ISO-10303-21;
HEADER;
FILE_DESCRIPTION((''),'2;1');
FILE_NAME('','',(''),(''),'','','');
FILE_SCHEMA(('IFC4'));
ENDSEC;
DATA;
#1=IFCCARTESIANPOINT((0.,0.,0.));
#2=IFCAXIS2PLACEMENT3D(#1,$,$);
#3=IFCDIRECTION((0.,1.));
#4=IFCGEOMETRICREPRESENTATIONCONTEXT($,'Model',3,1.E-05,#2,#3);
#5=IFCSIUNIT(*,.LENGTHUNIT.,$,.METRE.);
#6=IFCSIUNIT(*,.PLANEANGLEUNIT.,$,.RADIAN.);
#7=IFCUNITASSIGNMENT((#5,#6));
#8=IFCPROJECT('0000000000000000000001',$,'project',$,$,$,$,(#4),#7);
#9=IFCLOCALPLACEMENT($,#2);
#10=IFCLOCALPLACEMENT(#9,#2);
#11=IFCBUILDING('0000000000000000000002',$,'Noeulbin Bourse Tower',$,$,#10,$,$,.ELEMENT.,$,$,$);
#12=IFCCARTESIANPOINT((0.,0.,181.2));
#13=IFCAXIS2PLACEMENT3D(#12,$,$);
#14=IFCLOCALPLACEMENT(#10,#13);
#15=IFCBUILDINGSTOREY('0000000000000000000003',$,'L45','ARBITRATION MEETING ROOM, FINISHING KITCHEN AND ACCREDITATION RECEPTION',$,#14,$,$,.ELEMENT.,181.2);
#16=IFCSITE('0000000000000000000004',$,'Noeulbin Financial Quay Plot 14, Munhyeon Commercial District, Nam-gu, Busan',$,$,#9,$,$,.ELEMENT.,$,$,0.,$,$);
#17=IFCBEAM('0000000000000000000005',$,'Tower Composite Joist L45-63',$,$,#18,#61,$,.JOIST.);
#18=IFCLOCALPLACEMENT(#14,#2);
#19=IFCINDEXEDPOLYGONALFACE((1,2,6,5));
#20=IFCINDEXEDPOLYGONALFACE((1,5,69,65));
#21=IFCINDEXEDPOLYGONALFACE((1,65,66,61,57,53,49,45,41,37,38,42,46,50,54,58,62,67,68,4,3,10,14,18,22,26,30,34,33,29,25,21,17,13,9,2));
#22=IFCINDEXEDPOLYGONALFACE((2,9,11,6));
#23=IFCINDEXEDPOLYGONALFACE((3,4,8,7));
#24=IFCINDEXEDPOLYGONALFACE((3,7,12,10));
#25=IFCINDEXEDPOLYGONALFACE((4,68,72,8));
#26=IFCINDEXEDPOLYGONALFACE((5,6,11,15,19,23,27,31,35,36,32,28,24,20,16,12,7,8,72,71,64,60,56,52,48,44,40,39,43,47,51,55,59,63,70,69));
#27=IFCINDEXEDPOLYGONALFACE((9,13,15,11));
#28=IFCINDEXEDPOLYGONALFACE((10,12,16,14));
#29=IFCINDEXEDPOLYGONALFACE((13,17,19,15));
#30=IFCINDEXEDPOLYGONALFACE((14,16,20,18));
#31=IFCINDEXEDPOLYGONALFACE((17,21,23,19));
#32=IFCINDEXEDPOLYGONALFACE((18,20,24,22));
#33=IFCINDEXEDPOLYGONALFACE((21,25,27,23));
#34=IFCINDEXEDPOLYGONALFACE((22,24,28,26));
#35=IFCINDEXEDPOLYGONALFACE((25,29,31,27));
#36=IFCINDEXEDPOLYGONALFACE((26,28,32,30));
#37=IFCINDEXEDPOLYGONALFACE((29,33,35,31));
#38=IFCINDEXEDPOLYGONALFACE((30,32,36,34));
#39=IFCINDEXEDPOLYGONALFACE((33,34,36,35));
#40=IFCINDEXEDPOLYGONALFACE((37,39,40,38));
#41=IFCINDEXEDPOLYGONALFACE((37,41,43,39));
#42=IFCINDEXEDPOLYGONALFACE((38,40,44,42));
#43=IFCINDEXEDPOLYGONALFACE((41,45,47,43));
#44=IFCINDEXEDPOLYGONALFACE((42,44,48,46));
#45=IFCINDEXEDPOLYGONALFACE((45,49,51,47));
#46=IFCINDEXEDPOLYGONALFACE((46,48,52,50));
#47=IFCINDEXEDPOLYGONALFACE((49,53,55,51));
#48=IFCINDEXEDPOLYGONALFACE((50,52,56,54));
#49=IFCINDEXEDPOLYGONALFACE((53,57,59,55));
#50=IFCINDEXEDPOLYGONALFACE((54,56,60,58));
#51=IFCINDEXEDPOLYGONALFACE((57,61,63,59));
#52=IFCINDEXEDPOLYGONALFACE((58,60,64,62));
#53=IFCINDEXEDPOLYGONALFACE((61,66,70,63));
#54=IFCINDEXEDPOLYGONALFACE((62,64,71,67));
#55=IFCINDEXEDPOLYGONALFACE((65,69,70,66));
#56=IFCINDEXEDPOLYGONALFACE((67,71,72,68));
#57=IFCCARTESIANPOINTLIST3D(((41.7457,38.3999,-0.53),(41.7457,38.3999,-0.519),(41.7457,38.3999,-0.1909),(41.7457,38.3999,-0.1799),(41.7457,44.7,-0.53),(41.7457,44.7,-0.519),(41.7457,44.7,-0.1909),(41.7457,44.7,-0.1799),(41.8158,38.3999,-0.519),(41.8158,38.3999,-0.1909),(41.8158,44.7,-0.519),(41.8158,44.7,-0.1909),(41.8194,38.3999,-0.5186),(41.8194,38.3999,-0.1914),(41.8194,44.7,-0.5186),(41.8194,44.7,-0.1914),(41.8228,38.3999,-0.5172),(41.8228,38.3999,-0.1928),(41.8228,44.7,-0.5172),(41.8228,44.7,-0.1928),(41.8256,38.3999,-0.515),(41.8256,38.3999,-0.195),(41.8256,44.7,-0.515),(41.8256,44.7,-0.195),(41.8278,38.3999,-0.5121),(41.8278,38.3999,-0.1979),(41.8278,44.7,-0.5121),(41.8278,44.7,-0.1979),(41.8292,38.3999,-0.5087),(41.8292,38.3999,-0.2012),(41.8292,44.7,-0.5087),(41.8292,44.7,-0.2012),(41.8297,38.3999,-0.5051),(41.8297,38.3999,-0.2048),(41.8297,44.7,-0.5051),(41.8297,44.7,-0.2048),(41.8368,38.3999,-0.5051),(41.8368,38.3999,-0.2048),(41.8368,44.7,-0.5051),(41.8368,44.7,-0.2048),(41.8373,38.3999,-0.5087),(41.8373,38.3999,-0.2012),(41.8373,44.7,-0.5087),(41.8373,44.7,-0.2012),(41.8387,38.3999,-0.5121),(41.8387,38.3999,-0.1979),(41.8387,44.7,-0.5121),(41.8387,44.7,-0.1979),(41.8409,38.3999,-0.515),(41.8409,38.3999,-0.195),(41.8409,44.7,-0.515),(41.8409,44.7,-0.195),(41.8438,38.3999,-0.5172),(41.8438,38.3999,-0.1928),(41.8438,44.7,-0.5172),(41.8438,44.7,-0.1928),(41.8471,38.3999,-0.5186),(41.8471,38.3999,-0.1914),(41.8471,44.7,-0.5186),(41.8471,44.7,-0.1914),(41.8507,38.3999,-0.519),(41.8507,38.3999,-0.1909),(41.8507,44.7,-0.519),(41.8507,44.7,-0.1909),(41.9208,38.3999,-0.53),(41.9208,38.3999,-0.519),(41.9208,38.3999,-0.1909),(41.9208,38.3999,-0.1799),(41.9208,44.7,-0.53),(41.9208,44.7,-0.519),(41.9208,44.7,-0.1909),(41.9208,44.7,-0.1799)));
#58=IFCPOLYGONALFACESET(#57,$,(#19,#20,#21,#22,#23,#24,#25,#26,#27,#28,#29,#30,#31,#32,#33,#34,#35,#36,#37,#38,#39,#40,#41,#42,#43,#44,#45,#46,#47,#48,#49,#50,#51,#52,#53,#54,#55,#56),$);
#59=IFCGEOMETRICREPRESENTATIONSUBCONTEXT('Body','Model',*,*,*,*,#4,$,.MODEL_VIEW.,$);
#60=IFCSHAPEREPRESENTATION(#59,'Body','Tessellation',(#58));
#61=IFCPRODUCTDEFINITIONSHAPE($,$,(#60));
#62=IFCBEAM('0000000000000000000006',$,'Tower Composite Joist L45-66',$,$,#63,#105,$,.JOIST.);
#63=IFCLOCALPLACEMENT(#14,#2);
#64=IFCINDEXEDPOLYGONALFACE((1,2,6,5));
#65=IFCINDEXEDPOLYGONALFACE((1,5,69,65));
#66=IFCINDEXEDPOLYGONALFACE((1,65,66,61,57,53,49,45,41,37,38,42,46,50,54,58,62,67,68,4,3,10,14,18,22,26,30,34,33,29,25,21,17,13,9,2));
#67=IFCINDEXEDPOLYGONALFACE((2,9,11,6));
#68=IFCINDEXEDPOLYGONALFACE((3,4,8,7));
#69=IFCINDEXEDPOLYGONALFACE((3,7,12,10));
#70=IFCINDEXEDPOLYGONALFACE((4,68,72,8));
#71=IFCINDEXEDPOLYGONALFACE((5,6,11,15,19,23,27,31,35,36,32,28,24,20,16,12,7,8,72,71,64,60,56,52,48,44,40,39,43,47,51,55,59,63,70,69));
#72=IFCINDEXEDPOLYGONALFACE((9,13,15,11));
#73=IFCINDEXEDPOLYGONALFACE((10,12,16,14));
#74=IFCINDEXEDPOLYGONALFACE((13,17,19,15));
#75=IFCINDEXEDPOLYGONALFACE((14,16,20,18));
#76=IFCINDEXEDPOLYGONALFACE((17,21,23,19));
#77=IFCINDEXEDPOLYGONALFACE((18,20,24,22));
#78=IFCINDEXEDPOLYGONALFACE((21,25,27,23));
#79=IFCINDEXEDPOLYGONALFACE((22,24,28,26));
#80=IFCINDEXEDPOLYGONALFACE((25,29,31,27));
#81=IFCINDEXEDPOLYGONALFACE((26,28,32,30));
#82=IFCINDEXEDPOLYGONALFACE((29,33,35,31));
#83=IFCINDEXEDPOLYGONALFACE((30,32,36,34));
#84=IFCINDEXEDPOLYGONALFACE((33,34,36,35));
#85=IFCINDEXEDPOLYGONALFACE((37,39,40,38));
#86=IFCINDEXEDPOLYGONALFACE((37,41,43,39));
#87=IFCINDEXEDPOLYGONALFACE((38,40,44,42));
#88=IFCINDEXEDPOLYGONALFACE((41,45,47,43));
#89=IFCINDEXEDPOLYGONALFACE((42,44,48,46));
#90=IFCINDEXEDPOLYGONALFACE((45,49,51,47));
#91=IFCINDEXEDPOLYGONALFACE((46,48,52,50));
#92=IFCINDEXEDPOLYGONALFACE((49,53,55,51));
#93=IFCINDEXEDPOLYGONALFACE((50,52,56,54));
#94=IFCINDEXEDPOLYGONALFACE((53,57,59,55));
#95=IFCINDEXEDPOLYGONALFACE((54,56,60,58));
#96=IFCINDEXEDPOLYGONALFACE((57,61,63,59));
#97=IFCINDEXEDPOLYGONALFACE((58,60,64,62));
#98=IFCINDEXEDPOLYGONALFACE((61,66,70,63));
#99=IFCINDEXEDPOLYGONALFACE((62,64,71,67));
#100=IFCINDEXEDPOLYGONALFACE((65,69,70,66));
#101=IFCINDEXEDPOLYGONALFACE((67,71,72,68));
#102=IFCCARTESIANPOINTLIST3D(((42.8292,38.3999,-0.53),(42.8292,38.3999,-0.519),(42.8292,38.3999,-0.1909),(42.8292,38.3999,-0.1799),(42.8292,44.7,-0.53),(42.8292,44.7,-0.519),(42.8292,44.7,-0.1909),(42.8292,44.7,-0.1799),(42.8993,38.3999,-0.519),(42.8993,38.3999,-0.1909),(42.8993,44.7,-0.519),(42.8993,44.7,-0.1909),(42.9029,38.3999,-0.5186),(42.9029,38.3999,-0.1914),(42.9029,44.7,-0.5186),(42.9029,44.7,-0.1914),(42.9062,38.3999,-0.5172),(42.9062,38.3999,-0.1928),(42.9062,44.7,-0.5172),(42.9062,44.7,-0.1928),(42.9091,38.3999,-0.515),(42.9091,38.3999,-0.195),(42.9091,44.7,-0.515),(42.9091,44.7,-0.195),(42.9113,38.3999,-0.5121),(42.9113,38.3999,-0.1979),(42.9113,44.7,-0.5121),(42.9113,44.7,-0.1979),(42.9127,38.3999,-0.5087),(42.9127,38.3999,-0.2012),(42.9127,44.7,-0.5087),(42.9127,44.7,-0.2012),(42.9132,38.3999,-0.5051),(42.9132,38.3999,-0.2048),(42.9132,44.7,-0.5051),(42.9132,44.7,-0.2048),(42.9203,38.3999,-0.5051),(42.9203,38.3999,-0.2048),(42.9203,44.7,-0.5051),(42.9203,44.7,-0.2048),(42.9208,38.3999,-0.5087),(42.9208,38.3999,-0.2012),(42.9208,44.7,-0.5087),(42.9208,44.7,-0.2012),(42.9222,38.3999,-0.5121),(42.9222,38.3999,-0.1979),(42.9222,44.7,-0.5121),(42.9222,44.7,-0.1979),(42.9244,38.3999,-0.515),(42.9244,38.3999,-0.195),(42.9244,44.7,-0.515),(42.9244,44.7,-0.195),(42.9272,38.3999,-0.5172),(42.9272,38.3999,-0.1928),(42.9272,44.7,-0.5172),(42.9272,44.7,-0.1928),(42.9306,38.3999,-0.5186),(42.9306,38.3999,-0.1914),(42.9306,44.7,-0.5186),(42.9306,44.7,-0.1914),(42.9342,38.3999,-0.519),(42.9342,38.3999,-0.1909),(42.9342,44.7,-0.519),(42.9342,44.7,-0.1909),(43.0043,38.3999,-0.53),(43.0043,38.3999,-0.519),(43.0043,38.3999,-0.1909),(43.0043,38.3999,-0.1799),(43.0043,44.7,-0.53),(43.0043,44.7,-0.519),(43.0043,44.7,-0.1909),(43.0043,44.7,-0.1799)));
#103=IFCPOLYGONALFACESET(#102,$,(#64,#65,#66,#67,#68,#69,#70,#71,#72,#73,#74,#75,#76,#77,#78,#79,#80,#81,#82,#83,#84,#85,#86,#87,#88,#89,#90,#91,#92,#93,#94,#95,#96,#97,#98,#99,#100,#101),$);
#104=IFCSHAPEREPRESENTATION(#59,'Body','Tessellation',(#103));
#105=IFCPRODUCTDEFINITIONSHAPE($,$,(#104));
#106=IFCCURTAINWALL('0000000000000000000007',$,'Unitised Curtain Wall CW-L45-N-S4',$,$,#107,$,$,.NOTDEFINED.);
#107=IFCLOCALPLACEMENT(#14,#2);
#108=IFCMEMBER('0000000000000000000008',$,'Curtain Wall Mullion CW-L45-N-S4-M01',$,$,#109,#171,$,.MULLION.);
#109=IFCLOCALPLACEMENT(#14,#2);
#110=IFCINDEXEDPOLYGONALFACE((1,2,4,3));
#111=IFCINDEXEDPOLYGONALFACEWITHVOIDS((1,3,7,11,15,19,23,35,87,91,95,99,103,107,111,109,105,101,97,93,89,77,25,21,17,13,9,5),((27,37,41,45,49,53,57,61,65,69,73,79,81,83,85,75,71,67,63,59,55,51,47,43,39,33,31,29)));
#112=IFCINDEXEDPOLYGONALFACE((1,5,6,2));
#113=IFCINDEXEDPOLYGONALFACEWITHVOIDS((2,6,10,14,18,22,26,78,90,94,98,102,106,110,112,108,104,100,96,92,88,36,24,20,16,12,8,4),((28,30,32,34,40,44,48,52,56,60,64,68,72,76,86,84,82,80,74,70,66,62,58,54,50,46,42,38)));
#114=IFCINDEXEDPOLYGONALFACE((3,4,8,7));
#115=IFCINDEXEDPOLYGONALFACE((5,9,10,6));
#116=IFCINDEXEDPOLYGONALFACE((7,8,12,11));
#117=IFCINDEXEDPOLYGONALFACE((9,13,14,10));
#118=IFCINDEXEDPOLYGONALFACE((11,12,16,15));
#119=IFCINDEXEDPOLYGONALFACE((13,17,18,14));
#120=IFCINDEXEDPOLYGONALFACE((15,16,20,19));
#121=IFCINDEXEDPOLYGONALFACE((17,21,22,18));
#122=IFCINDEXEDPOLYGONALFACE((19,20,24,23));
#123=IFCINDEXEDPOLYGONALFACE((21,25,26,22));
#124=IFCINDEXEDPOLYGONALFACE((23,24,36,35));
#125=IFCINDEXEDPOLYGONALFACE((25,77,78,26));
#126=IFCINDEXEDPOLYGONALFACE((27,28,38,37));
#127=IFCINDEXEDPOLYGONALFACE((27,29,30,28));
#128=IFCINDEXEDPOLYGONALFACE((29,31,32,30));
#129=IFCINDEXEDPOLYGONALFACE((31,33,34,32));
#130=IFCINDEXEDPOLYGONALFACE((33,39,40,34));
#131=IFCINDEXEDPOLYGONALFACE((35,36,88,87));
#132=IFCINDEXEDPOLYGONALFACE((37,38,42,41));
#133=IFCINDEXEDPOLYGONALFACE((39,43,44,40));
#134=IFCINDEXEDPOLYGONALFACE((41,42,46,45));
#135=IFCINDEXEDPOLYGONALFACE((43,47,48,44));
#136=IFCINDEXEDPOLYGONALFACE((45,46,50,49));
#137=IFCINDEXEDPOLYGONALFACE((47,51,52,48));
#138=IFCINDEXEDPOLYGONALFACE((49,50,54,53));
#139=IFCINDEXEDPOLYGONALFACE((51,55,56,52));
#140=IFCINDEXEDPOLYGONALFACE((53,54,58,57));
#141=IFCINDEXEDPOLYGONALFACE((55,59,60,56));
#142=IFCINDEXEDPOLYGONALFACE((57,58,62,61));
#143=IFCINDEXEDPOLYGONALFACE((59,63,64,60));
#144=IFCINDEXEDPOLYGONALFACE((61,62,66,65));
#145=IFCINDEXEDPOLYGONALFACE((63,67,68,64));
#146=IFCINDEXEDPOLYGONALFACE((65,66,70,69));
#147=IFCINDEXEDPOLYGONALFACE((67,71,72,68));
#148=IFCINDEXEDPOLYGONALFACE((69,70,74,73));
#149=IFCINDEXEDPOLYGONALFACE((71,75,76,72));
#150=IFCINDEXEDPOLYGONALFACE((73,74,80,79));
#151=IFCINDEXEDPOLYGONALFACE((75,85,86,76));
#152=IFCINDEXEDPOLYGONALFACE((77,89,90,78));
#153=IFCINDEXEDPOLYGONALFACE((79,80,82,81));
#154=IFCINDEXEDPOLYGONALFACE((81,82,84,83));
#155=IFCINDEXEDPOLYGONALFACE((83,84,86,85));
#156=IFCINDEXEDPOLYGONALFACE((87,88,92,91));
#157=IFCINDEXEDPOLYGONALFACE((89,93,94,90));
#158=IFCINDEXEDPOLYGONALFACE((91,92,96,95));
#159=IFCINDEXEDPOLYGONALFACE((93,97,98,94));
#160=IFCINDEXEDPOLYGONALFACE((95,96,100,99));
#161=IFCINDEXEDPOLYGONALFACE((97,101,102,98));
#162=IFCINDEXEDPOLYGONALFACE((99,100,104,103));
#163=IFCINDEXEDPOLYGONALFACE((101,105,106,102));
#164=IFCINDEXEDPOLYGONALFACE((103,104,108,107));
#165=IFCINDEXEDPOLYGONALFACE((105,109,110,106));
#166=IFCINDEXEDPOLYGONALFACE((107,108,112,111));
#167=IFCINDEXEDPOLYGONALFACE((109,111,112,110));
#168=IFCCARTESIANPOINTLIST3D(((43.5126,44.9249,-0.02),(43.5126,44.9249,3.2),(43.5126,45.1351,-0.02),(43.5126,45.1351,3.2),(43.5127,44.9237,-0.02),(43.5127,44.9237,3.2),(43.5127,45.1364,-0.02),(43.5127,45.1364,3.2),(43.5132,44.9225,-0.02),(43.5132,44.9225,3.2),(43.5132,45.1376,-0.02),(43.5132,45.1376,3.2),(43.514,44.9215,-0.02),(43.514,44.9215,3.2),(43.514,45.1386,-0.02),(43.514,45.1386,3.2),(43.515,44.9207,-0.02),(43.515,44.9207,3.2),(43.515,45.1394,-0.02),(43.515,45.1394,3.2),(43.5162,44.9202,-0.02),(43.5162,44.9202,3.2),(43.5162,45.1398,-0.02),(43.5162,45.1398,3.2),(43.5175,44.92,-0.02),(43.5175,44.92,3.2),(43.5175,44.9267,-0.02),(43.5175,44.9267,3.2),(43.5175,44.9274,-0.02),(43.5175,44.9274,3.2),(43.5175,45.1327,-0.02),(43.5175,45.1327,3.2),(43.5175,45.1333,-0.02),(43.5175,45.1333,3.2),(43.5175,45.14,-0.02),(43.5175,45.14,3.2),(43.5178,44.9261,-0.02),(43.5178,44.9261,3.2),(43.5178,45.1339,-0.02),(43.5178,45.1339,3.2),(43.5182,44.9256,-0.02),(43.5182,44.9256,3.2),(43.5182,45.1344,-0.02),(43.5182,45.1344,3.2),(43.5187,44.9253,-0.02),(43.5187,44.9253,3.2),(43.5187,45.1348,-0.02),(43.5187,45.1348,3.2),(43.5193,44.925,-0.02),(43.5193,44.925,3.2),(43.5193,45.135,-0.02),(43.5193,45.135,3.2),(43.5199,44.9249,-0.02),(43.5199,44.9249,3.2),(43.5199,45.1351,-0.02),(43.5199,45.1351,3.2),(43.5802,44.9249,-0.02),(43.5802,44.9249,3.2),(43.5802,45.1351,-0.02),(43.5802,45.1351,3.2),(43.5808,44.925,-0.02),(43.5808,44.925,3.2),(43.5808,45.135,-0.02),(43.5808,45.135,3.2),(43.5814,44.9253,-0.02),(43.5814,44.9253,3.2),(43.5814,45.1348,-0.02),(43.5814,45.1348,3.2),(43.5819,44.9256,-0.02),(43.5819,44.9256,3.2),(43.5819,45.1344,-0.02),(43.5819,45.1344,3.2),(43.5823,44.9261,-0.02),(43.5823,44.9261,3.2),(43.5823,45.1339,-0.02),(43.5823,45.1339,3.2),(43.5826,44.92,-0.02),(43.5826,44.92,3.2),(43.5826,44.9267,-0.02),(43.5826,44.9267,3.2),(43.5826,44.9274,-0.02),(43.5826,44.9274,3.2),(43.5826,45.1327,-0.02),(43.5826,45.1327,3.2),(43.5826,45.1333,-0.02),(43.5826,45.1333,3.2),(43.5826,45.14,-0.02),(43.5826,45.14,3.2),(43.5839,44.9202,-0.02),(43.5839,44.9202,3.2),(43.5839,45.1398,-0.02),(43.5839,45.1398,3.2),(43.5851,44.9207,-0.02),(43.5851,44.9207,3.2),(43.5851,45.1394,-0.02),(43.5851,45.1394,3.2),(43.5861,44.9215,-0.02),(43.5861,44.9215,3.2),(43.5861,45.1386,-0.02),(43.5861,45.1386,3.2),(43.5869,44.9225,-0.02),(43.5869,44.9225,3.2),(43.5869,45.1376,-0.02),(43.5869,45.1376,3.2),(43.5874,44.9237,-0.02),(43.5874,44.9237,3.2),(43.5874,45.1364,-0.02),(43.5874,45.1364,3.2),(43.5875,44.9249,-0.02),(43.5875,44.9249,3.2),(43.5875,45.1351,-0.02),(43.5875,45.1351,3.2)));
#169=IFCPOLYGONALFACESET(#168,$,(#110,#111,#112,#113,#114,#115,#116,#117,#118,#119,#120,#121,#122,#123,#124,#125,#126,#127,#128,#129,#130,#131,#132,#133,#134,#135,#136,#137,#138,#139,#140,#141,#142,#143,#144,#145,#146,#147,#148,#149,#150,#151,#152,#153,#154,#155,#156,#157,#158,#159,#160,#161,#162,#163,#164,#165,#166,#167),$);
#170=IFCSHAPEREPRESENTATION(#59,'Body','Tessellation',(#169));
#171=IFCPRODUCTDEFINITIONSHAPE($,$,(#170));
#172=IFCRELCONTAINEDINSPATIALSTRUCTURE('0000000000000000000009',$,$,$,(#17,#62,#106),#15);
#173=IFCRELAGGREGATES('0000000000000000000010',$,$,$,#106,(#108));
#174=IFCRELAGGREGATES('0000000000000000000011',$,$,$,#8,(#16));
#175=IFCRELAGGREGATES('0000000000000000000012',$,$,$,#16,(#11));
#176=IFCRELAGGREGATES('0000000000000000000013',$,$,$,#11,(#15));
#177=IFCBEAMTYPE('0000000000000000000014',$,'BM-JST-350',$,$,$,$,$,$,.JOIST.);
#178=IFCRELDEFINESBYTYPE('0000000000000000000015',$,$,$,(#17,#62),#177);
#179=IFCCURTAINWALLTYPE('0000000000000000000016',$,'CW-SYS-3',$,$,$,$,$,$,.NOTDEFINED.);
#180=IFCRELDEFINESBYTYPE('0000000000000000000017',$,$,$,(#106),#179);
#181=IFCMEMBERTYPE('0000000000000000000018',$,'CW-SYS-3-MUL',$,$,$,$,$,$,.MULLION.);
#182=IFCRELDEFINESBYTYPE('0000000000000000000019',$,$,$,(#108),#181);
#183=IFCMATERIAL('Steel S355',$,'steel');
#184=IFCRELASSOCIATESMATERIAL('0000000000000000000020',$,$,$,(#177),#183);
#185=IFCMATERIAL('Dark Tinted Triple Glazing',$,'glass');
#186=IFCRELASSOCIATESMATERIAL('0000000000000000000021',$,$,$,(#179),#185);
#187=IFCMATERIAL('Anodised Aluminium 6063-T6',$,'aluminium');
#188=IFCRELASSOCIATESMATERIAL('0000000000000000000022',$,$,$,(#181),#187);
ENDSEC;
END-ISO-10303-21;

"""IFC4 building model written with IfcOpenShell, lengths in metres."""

from ifc_helpers import new_model, si_unit, direction, frame, origin, origin_2d, place, context, subcontext, project, spatial, hollow_rectangle, i_section, extrude, material, material_profile, profile_set, type_object, element, aggregate, save


model = new_model("IFC4")

# Units and contexts
model_context = context("Model", 3, precision=1e-05, world=origin(), true_north=direction((0.0, 1.0)))
body_context = subcontext(model_context, "Body", "Model", "MODEL_VIEW")
ifc_project = project(units=[si_unit("LENGTHUNIT", "METRE"), si_unit("PLANEANGLEUNIT", "RADIAN")], contexts=[model_context])

# Site, building, storey
site_placement = place(None, origin())
site = spatial("IfcSite", under=ifc_project, at=site_placement, Name="Noeulbin Financial Quay Plot 14, Munhyeon Commercial District, Nam-gu, Busan", CompositionType="ELEMENT", RefElevation=0.0)
building_placement = place(site_placement, origin())
building = spatial("IfcBuilding", under=site, at=building_placement, Name="Noeulbin Bourse Tower", CompositionType="ELEMENT")
storey_placement = place(building_placement, frame((0.0, 0.0, 181.2)))
storey = spatial("IfcBuildingStorey", under=building, at=storey_placement, Name="L45", Description="ARBITRATION MEETING ROOM, FINISHING KITCHEN AND ACCREDITATION RECEPTION", CompositionType="ELEMENT", Elevation=181.2)

# Shared definitions
ifc_material_1 = material(Name="Steel S355", Category="steel")

# Beams
ifc_material_profile_1 = material_profile(ifc_material_1, i_section(OverallWidth=0.175, OverallDepth=0.3501, WebThickness=0.0071, FlangeThickness=0.011, FilletRadius=0.0139, at=origin_2d()), Name="H-350x175x7x11", Category="LoadBearing")
ifc_profile_set_1 = profile_set([ifc_material_profile_1], Name="Steel S355")
beam_type_1 = type_object("IfcBeamType", Name="BM-JST-350", PredefinedType="JOIST", material=ifc_profile_set_1)
for number, where, z_axis, x_axis, name in (
    (1, (41.8333, 38.3999, -0.355), (0.0, 1.0, 0.0), (-1.0, 0.0, 0.0), "Tower Composite Joist L45-63"),
    (2, (42.9167, 38.3999, -0.355), (0.0, 1.0, 0.0), (-1.0, 0.0, 0.0), "Tower Composite Joist L45-66"),
):
    element("IfcBeam", number, at=place(storey_placement, frame(where, z_axis=z_axis, x_axis=x_axis)), inside=storey, type_object=beam_type_1, Name=name, PredefinedType="JOIST", context=body_context, shape_type="SweptSolid", body=[
        extrude(i_section(OverallWidth=0.175, OverallDepth=0.3501, WebThickness=0.0071, FlangeThickness=0.011, FilletRadius=0.0139, at=origin_2d()), origin(), (0.0, 0.0, 1.0), 6.3),
    ])

# Curtain wall, member
ifc_material_2 = material(Name="Dark Tinted Triple Glazing", Category="glass")
curtain_wall_type = type_object("IfcCurtainWallType", Name="CW-SYS-3", PredefinedType="NOTDEFINED", material=ifc_material_2)
curtain_wall_1_placement = place(storey_placement, origin())
curtain_wall_1 = element("IfcCurtainWall", 3, at=curtain_wall_1_placement, inside=storey, type_object=curtain_wall_type, Name="Unitised Curtain Wall CW-L45-N-S4", PredefinedType="NOTDEFINED")
ifc_material_3 = material(Name="Anodised Aluminium 6063-T6", Category="aluminium")
ifc_material_profile_2 = material_profile(ifc_material_3, hollow_rectangle(XDim=0.075, YDim=0.22, WallThickness=0.0049, InnerFilletRadius=0.0024, OuterFilletRadius=0.0049, at=origin_2d()), Name="ALU-MULL-75x220x5", Category="LoadBearing")
ifc_profile_set_2 = profile_set([ifc_material_profile_2], Name="Anodised Aluminium 6063-T6")
member_type_1 = type_object("IfcMemberType", Name="CW-SYS-3-MUL", PredefinedType="MULLION", material=ifc_profile_set_2)
member_1_placement = place(storey_placement, frame((43.55, 45.03, -0.02), z_axis=(0.0, 0.0, 1.0), x_axis=(1.0, 0.0, 0.0)))
member_1 = element("IfcMember", 4, at=member_1_placement, type_object=member_type_1, Name="Curtain Wall Mullion CW-L45-N-S4-M01", PredefinedType="MULLION", context=body_context, shape_type="SweptSolid", body=[
    extrude(hollow_rectangle(XDim=0.075, YDim=0.22, WallThickness=0.0049, InnerFilletRadius=0.0024, OuterFilletRadius=0.0049, at=origin_2d()), origin(), (0.0, 0.0, 1.0), 3.22),
])

aggregate(curtain_wall_1, [member_1])

save(model, "model.ifc")
